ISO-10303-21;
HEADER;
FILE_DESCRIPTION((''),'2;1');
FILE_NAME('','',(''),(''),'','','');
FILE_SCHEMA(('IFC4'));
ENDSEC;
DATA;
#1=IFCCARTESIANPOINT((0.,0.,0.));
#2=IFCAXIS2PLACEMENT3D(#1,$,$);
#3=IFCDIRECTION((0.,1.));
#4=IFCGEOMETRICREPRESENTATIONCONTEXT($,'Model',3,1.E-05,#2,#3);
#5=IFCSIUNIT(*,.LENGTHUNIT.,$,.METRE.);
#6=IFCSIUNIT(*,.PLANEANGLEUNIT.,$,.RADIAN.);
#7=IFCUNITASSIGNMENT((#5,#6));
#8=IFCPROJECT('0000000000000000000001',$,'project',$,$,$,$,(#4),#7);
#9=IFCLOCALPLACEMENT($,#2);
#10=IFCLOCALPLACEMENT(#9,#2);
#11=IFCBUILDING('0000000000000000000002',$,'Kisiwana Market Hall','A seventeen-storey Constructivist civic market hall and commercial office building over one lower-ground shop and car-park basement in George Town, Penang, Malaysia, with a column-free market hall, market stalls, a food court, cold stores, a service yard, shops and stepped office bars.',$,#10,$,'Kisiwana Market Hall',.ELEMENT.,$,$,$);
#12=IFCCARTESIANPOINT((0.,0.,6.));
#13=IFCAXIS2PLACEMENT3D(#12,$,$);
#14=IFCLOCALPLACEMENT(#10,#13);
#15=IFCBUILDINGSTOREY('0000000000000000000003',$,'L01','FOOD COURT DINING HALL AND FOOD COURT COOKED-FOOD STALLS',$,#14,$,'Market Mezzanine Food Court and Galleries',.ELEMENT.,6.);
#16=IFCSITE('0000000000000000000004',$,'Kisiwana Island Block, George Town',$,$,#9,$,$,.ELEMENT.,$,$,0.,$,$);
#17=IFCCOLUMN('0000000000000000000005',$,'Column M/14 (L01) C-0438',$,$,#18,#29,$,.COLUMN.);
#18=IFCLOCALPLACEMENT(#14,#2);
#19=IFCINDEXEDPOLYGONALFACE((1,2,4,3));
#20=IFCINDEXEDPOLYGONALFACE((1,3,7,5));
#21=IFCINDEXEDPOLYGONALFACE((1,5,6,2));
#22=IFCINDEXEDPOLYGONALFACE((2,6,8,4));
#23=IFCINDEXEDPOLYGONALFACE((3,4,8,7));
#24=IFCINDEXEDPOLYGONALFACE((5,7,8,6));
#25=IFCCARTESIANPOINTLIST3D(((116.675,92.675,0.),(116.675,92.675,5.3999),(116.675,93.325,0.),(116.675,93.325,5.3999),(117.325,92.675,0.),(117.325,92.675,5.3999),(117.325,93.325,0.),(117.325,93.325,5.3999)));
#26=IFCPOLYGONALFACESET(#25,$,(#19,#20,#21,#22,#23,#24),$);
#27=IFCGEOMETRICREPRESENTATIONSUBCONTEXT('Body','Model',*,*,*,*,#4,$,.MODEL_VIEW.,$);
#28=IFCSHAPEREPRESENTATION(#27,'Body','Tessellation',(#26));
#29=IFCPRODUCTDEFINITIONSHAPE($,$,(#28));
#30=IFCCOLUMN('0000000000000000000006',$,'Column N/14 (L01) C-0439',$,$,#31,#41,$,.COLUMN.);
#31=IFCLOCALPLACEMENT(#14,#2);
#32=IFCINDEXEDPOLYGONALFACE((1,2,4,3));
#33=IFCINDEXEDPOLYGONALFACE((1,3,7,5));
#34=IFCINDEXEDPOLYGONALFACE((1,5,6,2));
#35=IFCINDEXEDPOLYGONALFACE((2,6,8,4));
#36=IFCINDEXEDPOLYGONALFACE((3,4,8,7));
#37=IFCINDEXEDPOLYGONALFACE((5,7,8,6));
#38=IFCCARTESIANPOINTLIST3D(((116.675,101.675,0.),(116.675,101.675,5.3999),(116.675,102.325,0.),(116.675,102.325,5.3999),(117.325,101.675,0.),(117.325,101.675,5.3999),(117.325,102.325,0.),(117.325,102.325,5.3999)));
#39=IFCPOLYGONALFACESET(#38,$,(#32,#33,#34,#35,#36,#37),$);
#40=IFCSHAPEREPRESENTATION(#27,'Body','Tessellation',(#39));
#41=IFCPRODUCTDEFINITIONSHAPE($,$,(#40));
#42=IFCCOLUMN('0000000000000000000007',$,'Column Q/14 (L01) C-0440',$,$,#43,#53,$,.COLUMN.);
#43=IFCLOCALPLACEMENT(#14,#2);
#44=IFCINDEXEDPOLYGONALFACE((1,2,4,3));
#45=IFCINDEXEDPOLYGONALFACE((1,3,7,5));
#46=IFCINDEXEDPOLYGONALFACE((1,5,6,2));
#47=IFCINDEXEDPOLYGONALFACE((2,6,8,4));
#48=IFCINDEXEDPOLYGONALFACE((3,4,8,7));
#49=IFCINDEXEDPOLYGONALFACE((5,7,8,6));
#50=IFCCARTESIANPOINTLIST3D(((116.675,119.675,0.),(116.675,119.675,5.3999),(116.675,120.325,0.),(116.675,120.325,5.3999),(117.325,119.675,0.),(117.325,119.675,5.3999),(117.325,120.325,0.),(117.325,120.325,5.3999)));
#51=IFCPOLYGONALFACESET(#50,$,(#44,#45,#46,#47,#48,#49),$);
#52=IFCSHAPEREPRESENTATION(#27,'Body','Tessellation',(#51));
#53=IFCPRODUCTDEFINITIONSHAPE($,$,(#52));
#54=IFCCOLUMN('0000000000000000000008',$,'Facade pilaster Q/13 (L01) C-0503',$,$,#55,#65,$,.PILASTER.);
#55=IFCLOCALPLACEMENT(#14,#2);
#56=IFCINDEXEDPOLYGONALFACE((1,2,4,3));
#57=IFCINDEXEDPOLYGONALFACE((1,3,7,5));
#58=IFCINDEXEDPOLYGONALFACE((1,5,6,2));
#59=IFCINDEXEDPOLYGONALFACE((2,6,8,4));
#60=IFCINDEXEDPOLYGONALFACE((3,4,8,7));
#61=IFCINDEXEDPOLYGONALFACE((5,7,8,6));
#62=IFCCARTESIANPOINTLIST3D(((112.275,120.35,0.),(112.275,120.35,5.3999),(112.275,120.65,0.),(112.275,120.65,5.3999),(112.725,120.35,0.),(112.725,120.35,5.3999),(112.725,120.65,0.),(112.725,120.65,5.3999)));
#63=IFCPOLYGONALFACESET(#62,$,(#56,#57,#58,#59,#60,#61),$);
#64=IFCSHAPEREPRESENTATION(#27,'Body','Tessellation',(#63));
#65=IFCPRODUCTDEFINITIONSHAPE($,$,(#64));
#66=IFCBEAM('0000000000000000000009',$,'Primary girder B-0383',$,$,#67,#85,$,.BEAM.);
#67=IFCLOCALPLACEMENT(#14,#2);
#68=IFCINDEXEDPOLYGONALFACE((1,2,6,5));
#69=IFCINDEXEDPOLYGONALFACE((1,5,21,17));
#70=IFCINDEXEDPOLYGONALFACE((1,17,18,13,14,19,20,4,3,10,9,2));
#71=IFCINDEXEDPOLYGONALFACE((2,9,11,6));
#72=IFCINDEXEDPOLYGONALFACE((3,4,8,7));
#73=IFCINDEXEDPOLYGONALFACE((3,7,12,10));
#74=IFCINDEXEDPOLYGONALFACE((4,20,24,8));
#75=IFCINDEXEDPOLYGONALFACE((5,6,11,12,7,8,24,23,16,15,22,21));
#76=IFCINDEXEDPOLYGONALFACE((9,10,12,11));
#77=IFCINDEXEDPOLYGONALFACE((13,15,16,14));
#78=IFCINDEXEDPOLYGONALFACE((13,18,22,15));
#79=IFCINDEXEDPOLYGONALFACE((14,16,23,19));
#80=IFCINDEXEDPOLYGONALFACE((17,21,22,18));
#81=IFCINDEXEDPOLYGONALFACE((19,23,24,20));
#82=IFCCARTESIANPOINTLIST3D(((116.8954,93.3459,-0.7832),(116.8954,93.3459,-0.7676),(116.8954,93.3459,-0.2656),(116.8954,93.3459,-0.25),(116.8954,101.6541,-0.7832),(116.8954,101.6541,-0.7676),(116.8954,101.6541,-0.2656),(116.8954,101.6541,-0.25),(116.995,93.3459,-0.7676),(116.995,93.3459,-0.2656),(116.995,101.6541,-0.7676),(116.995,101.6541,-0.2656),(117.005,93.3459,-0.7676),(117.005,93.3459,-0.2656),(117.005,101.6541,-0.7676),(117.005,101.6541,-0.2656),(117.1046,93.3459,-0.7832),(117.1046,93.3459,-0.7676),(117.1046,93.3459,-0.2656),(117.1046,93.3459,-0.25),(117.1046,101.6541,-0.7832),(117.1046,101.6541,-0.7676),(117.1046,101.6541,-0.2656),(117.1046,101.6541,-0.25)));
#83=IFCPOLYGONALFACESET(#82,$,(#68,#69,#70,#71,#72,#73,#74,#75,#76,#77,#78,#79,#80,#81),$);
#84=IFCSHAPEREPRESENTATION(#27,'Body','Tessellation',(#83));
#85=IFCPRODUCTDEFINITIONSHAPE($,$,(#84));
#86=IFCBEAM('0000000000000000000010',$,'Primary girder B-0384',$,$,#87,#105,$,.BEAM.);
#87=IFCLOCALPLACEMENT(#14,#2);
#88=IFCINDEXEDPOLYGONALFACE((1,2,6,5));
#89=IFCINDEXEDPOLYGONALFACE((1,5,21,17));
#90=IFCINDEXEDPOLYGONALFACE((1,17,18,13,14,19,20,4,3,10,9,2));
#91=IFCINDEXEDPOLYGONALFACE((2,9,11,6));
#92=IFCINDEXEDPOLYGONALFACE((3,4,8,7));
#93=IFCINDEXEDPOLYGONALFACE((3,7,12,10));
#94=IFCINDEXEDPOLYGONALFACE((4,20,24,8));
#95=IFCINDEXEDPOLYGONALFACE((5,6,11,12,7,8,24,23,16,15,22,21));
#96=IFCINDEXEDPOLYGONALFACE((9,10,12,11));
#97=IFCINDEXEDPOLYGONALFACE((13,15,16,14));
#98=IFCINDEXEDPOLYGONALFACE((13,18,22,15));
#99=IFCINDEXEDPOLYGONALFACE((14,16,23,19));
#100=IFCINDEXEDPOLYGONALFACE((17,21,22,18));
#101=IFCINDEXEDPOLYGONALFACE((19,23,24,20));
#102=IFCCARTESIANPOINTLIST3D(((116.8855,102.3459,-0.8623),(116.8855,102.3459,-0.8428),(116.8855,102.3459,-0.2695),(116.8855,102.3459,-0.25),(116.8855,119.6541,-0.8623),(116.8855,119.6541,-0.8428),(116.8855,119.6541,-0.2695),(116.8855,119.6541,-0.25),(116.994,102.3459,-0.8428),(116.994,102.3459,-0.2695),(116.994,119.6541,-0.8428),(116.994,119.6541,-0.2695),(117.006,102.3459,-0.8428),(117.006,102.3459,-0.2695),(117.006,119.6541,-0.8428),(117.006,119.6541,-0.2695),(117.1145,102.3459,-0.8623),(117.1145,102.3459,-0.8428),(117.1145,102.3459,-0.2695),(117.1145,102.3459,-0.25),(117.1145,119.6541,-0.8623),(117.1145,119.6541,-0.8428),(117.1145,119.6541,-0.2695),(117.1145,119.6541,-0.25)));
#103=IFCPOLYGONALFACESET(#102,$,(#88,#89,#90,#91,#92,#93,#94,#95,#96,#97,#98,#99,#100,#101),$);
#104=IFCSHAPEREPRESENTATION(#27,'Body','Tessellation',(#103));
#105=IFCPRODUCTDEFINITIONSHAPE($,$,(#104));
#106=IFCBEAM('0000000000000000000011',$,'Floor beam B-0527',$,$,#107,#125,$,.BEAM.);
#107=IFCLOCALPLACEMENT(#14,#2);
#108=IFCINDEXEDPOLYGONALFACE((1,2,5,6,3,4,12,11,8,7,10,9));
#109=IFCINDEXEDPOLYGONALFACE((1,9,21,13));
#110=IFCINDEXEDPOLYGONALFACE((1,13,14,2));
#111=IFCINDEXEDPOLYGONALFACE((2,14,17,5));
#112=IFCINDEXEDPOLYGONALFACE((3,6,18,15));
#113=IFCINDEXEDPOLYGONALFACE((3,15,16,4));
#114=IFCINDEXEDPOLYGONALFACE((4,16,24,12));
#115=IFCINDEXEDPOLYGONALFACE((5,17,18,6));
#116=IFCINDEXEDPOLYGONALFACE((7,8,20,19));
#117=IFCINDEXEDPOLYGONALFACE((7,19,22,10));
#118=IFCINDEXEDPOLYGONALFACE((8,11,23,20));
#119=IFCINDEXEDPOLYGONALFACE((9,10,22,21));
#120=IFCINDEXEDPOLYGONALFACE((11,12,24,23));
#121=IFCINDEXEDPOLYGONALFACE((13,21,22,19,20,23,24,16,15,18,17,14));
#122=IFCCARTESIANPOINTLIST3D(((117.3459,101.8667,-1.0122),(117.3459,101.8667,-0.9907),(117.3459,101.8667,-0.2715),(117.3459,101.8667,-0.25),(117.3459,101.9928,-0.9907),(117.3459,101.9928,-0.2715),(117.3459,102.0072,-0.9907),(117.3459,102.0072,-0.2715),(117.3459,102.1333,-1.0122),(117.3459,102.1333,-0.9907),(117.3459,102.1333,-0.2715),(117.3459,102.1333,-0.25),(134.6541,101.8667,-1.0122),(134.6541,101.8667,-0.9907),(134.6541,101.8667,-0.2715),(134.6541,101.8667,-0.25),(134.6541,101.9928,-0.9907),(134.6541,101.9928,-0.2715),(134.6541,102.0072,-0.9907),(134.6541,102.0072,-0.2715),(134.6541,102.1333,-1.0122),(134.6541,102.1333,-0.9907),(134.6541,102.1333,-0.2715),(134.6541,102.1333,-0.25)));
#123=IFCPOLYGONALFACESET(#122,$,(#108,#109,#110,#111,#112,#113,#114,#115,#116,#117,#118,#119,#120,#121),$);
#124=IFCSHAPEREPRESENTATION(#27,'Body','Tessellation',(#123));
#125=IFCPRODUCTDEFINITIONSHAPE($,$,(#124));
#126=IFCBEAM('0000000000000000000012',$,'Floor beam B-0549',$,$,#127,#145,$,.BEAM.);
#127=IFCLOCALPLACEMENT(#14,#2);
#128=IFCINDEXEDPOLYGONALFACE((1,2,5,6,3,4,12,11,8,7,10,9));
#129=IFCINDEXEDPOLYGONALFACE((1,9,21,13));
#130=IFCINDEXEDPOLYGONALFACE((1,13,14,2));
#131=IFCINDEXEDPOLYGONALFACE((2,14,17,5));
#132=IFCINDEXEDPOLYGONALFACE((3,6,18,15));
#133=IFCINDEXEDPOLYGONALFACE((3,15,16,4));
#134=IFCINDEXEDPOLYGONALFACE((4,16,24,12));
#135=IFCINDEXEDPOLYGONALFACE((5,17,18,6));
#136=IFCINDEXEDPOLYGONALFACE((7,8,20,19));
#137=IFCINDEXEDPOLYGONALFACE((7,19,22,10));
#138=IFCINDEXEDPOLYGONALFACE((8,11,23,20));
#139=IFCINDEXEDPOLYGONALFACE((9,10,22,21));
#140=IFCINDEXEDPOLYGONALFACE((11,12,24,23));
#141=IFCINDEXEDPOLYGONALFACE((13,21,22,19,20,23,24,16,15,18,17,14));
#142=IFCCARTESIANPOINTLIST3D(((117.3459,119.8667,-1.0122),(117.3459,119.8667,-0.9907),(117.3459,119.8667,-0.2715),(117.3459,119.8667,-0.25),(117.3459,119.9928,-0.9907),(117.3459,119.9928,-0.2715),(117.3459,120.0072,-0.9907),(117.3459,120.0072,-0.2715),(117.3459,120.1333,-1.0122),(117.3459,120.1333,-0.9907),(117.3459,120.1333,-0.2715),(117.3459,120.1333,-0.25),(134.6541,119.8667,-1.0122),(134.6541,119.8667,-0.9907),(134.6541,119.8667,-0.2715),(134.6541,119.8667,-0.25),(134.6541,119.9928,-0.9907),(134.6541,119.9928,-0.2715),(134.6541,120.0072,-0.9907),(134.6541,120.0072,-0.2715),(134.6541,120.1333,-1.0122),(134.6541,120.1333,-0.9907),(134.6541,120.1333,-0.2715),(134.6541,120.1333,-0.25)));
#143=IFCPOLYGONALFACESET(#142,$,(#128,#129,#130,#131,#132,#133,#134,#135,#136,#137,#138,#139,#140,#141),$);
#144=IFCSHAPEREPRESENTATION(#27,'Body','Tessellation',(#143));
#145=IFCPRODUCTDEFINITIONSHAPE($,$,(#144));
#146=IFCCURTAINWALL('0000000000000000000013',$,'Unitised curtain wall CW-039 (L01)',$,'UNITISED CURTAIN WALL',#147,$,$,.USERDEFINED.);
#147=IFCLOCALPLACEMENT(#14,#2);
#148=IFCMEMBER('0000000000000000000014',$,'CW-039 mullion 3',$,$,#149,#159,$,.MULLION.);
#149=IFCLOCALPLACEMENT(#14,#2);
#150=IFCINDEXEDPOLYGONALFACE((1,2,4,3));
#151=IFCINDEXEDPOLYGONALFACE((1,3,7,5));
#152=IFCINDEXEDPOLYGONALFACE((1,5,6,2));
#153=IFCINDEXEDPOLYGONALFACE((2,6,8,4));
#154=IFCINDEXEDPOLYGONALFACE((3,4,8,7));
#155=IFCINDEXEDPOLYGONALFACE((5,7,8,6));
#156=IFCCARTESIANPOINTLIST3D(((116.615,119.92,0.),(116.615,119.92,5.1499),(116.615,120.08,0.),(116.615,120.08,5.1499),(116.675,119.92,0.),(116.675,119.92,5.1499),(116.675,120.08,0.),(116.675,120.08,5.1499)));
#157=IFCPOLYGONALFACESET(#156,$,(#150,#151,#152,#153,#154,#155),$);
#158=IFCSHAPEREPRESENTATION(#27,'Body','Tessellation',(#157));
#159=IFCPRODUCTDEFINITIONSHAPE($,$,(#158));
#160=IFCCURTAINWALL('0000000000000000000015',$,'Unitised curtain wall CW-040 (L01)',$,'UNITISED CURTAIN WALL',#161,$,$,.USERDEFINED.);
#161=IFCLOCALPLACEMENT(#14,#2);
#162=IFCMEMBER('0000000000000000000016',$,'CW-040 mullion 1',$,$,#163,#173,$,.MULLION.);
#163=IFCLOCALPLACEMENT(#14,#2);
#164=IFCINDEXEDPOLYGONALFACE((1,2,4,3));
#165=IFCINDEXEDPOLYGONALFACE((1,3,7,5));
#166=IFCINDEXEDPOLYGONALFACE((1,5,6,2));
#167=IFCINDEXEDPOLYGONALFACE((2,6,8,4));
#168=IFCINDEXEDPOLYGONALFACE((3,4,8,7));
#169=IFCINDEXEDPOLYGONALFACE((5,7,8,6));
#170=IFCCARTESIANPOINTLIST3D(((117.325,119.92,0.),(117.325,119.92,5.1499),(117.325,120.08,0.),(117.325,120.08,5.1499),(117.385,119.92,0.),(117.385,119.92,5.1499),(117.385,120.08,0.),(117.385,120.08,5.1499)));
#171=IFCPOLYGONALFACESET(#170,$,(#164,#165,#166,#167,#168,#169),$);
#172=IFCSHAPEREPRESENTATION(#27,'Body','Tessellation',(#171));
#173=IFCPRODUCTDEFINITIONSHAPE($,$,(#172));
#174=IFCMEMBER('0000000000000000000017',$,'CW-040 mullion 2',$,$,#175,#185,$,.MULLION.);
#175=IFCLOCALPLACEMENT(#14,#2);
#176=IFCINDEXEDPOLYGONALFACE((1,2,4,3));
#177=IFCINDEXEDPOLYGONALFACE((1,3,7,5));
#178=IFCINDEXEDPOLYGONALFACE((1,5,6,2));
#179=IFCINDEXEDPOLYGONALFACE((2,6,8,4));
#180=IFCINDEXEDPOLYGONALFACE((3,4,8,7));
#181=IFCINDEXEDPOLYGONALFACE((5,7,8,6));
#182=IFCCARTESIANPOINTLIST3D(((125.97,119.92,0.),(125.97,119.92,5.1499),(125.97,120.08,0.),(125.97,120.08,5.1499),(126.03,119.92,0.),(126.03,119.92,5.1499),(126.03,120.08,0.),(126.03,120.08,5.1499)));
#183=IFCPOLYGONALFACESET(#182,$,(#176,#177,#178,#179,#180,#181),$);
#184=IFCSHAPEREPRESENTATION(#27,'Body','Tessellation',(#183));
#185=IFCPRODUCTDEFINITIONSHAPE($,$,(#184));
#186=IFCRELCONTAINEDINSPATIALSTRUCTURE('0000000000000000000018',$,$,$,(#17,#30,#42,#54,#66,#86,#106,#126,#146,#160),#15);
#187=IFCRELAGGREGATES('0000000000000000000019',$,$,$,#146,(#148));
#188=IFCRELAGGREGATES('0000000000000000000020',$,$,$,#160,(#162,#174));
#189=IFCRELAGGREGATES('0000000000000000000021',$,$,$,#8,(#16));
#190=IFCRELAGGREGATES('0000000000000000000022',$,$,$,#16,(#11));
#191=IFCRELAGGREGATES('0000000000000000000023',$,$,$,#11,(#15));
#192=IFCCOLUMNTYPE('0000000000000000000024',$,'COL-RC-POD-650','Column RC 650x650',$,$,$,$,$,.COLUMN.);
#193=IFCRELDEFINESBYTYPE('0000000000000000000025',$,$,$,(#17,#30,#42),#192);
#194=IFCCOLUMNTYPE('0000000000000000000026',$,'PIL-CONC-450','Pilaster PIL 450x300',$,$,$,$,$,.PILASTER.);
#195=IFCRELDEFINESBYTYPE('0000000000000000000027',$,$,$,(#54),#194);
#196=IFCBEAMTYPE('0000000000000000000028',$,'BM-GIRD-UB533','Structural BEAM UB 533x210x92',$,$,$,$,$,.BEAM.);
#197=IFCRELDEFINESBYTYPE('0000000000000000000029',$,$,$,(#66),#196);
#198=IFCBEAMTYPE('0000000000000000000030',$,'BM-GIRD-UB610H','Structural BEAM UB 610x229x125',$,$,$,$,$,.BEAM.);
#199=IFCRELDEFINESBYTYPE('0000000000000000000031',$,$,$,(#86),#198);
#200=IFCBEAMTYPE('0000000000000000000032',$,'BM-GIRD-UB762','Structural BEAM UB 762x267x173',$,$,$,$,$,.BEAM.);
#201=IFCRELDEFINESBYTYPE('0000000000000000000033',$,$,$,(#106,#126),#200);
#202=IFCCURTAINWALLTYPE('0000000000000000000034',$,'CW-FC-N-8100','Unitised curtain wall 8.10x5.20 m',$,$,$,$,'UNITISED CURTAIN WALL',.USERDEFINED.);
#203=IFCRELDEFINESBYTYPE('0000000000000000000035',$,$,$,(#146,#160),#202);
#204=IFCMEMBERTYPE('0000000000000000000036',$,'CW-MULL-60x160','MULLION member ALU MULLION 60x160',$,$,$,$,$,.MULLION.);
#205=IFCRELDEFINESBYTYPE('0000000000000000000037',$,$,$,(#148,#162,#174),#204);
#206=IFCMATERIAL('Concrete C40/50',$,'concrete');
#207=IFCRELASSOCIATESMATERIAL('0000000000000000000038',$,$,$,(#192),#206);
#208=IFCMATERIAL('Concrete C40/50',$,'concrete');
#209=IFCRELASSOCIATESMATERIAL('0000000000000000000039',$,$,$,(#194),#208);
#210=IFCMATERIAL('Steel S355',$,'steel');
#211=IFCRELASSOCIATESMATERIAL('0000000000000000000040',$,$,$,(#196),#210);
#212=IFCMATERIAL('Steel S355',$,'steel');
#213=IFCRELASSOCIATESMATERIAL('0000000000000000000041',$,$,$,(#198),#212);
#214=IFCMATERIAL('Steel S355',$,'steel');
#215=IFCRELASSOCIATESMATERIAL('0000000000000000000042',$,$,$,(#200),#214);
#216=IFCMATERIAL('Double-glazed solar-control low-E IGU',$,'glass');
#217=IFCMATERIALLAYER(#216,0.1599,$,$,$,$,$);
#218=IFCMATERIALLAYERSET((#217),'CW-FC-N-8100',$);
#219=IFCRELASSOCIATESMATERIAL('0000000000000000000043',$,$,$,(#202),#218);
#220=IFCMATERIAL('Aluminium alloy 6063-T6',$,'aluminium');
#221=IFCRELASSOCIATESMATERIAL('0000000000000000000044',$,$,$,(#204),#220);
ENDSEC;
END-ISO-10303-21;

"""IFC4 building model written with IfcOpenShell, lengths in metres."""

from ifc_helpers import new_model, si_unit, direction, frame, origin, origin_2d, place, context, subcontext, project, spatial, rectangle, i_section, extrude, material, layer, layer_set, material_profile, profile_set, type_object, element, aggregate, save


model = new_model("IFC4")

# Units and contexts
model_context = context("Model", 3, precision=1e-05, world=origin(), true_north=direction((0.0, 1.0)))
body_context = subcontext(model_context, "Body", "Model", "MODEL_VIEW")
ifc_project = project(units=[si_unit("LENGTHUNIT", "METRE"), si_unit("PLANEANGLEUNIT", "RADIAN")], contexts=[model_context])

# Site, building, storey
site_placement = place(None, origin())
site = spatial("IfcSite", under=ifc_project, at=site_placement, Name="Kisiwana Island Block, George Town", CompositionType="ELEMENT", RefElevation=0.0)
building_placement = place(site_placement, origin())
building = spatial("IfcBuilding", under=site, at=building_placement, Name="Kisiwana Market Hall", Description="A seventeen-storey Constructivist civic market hall and commercial office building over one lower-ground shop and car-park basement in George Town, Penang, Malaysia, with a column-free market hall, market stalls, a food court, cold stores, a service yard, shops and stepped office bars.", LongName="Kisiwana Market Hall", CompositionType="ELEMENT")
storey_placement = place(building_placement, frame((0.0, 0.0, 6.0)))
storey = spatial("IfcBuildingStorey", under=building, at=storey_placement, Name="L01", Description="FOOD COURT DINING HALL AND FOOD COURT COOKED-FOOD STALLS", LongName="Market Mezzanine Food Court and Galleries", CompositionType="ELEMENT", Elevation=6.0)

# Columns
ifc_material_1 = material(Name="Concrete C40/50", Category="concrete")
ifc_material_profile_1 = material_profile(ifc_material_1, rectangle(XDim=0.6499, YDim=0.6499, at=origin_2d()), Name="RC 650x650")
ifc_profile_set_1 = profile_set([ifc_material_profile_1], Name="Concrete C40/50")
column_type_1 = type_object("IfcColumnType", Name="COL-RC-POD-650", Description="Column RC 650x650", PredefinedType="COLUMN", material=ifc_profile_set_1)
for number, where, z_axis, x_axis, name in (
    (1, (117.0, 93.0, 0.0), (0.0, 0.0, 1.0), (1.0, 0.0, 0.0), "Column M/14 (L01) C-0438"),
    (2, (117.0, 102.0, 0.0), (0.0, 0.0, 1.0), (1.0, 0.0, 0.0), "Column N/14 (L01) C-0439"),
    (3, (117.0, 120.0, 0.0), (0.0, 0.0, 1.0), (1.0, 0.0, 0.0), "Column Q/14 (L01) C-0440"),
):
    element("IfcColumn", number, at=place(storey_placement, frame(where, z_axis=z_axis, x_axis=x_axis)), inside=storey, type_object=column_type_1, Name=name, PredefinedType="COLUMN", context=body_context, shape_type="SweptSolid", body=[
        extrude(rectangle(XDim=0.6499, YDim=0.6499, at=origin_2d()), origin(), (0.0, 0.0, 1.0), 5.3999),
    ])
ifc_material_2 = material(Name="Concrete C40/50", Category="concrete")
ifc_material_profile_2 = material_profile(ifc_material_2, rectangle(XDim=0.45, YDim=0.3, at=origin_2d()), Name="PIL 450x300")
ifc_profile_set_2 = profile_set([ifc_material_profile_2], Name="Concrete C40/50")
column_type_2 = type_object("IfcColumnType", Name="PIL-CONC-450", Description="Pilaster PIL 450x300", PredefinedType="PILASTER", material=ifc_profile_set_2)
column_placement = place(storey_placement, frame((112.5, 120.5, 0.0), z_axis=(0.0, 0.0, 1.0), x_axis=(1.0, 0.0, 0.0)))
element("IfcColumn", 4, at=column_placement, inside=storey, type_object=column_type_2, Name="Facade pilaster Q/13 (L01) C-0503", PredefinedType="PILASTER", context=body_context, shape_type="SweptSolid", body=[
    extrude(rectangle(XDim=0.45, YDim=0.3, at=origin_2d()), origin(), (0.0, 0.0, 1.0), 5.3999),
])

# Beams
ifc_material_3 = material(Name="Steel S355", Category="steel")
ifc_material_profile_3 = material_profile(ifc_material_3, i_section(OverallWidth=0.2092, OverallDepth=0.5332, WebThickness=0.01, FlangeThickness=0.0156, at=origin_2d()), Name="UB 533x210x92")
ifc_profile_set_3 = profile_set([ifc_material_profile_3], Name="Steel S355")
beam_type_1 = type_object("IfcBeamType", Name="BM-GIRD-UB533", Description="Structural BEAM UB 533x210x92", PredefinedType="BEAM", material=ifc_profile_set_3)
beam_1_placement = place(storey_placement, frame((117.0, 93.3459, -0.5166), z_axis=(0.0, 1.0, 0.0), x_axis=(-1.0, 0.0, 0.0)))
element("IfcBeam", 5, at=beam_1_placement, inside=storey, type_object=beam_type_1, Name="Primary girder B-0383", PredefinedType="BEAM", context=body_context, shape_type="SweptSolid", body=[
    extrude(i_section(OverallWidth=0.2092, OverallDepth=0.5332, WebThickness=0.01, FlangeThickness=0.0156, at=origin_2d()), origin(), (0.0, 0.0, 1.0), 8.3081),
])
ifc_material_4 = material(Name="Steel S355", Category="steel")
ifc_material_profile_4 = material_profile(ifc_material_4, i_section(OverallWidth=0.229, OverallDepth=0.6123, WebThickness=0.012, FlangeThickness=0.0195, at=origin_2d()), Name="UB 610x229x125")
ifc_profile_set_4 = profile_set([ifc_material_profile_4], Name="Steel S355")
beam_type_2 = type_object("IfcBeamType", Name="BM-GIRD-UB610H", Description="Structural BEAM UB 610x229x125", PredefinedType="BEAM", material=ifc_profile_set_4)
beam_2_placement = place(storey_placement, frame((117.0, 102.3459, -0.5562), z_axis=(0.0, 1.0, 0.0), x_axis=(-1.0, 0.0, 0.0)))
element("IfcBeam", 6, at=beam_2_placement, inside=storey, type_object=beam_type_2, Name="Primary girder B-0384", PredefinedType="BEAM", context=body_context, shape_type="SweptSolid", body=[
    extrude(i_section(OverallWidth=0.229, OverallDepth=0.6123, WebThickness=0.012, FlangeThickness=0.0195, at=origin_2d()), origin(), (0.0, 0.0, 1.0), 17.3081),
])
ifc_material_5 = material(Name="Steel S355", Category="steel")
ifc_material_profile_5 = material_profile(ifc_material_5, i_section(OverallWidth=0.2666, OverallDepth=0.7622, WebThickness=0.0144, FlangeThickness=0.0215, at=origin_2d()), Name="UB 762x267x173")
ifc_profile_set_5 = profile_set([ifc_material_profile_5], Name="Steel S355")
beam_type_3 = type_object("IfcBeamType", Name="BM-GIRD-UB762", Description="Structural BEAM UB 762x267x173", PredefinedType="BEAM", material=ifc_profile_set_5)
for number, where, z_axis, x_axis, name in (
    (7, (117.3459, 102.0, -0.6311), (1.0, 0.0, 0.0), (0.0, 1.0, 0.0), "Floor beam B-0527"),
    (8, (117.3459, 120.0, -0.6311), (1.0, 0.0, 0.0), (0.0, 1.0, 0.0), "Floor beam B-0549"),
):
    element("IfcBeam", number, at=place(storey_placement, frame(where, z_axis=z_axis, x_axis=x_axis)), inside=storey, type_object=beam_type_3, Name=name, PredefinedType="BEAM", context=body_context, shape_type="SweptSolid", body=[
        extrude(i_section(OverallWidth=0.2666, OverallDepth=0.7622, WebThickness=0.0144, FlangeThickness=0.0215, at=origin_2d()), origin(), (0.0, 0.0, 1.0), 17.3081),
    ])

# Curtain wall, member
ifc_material_6 = material(Name="Double-glazed solar-control low-E IGU", Category="glass")
ifc_layer_1 = layer(ifc_material_6, 0.1599)
ifc_layer_set_1 = layer_set([ifc_layer_1], Name="CW-FC-N-8100")
curtain_wall_type = type_object("IfcCurtainWallType", Name="CW-FC-N-8100", Description="Unitised curtain wall 8.10x5.20 m", ElementType="UNITISED CURTAIN WALL", PredefinedType="USERDEFINED", material=ifc_layer_set_1)
curtain_wall_1_placement = place(storey_placement, origin())
curtain_wall_1 = element("IfcCurtainWall", 9, at=curtain_wall_1_placement, inside=storey, type_object=curtain_wall_type, Name="Unitised curtain wall CW-039 (L01)", ObjectType="UNITISED CURTAIN WALL", PredefinedType="USERDEFINED")
ifc_material_7 = material(Name="Aluminium alloy 6063-T6", Category="aluminium")
ifc_material_profile_6 = material_profile(ifc_material_7, rectangle(XDim=0.0601, YDim=0.1599, at=origin_2d()), Name="ALU MULLION 60x160")
ifc_profile_set_6 = profile_set([ifc_material_profile_6], Name="Aluminium alloy 6063-T6")
member_type_1 = type_object("IfcMemberType", Name="CW-MULL-60x160", Description="MULLION member ALU MULLION 60x160", PredefinedType="MULLION", material=ifc_profile_set_6)
member_1_placement = place(storey_placement, frame((116.645, 120.0, 0.0), z_axis=(0.0, 0.0, 1.0), x_axis=(1.0, 0.0, 0.0)))
member_1 = element("IfcMember", 10, at=member_1_placement, type_object=member_type_1, Name="CW-039 mullion 3", PredefinedType="MULLION", context=body_context, shape_type="SweptSolid", body=[
    extrude(rectangle(XDim=0.0601, YDim=0.1599, at=origin_2d()), origin(), (0.0, 0.0, 1.0), 5.1499),
])

# Curtain wall, members
curtain_wall_2_placement = place(storey_placement, origin())
curtain_wall_2 = element("IfcCurtainWall", 11, at=curtain_wall_2_placement, inside=storey, type_object=curtain_wall_type, Name="Unitised curtain wall CW-040 (L01)", ObjectType="UNITISED CURTAIN WALL", PredefinedType="USERDEFINED")
member_2_placement = place(storey_placement, frame((117.355, 120.0, 0.0), z_axis=(0.0, 0.0, 1.0), x_axis=(1.0, 0.0, 0.0)))
member_2 = element("IfcMember", 12, at=member_2_placement, type_object=member_type_1, Name="CW-040 mullion 1", PredefinedType="MULLION", context=body_context, shape_type="SweptSolid", body=[
    extrude(rectangle(XDim=0.0601, YDim=0.1599, at=origin_2d()), origin(), (0.0, 0.0, 1.0), 5.1499),
])
member_3_placement = place(storey_placement, frame((126.0, 120.0, 0.0), z_axis=(0.0, 0.0, 1.0), x_axis=(1.0, 0.0, 0.0)))
member_3 = element("IfcMember", 13, at=member_3_placement, type_object=member_type_1, Name="CW-040 mullion 2", PredefinedType="MULLION", context=body_context, shape_type="SweptSolid", body=[
    extrude(rectangle(XDim=0.0601, YDim=0.1599, at=origin_2d()), origin(), (0.0, 0.0, 1.0), 5.1499),
])

aggregate(curtain_wall_1, [member_1])
aggregate(curtain_wall_2, [member_2, member_3])

save(model, "model.ifc")
